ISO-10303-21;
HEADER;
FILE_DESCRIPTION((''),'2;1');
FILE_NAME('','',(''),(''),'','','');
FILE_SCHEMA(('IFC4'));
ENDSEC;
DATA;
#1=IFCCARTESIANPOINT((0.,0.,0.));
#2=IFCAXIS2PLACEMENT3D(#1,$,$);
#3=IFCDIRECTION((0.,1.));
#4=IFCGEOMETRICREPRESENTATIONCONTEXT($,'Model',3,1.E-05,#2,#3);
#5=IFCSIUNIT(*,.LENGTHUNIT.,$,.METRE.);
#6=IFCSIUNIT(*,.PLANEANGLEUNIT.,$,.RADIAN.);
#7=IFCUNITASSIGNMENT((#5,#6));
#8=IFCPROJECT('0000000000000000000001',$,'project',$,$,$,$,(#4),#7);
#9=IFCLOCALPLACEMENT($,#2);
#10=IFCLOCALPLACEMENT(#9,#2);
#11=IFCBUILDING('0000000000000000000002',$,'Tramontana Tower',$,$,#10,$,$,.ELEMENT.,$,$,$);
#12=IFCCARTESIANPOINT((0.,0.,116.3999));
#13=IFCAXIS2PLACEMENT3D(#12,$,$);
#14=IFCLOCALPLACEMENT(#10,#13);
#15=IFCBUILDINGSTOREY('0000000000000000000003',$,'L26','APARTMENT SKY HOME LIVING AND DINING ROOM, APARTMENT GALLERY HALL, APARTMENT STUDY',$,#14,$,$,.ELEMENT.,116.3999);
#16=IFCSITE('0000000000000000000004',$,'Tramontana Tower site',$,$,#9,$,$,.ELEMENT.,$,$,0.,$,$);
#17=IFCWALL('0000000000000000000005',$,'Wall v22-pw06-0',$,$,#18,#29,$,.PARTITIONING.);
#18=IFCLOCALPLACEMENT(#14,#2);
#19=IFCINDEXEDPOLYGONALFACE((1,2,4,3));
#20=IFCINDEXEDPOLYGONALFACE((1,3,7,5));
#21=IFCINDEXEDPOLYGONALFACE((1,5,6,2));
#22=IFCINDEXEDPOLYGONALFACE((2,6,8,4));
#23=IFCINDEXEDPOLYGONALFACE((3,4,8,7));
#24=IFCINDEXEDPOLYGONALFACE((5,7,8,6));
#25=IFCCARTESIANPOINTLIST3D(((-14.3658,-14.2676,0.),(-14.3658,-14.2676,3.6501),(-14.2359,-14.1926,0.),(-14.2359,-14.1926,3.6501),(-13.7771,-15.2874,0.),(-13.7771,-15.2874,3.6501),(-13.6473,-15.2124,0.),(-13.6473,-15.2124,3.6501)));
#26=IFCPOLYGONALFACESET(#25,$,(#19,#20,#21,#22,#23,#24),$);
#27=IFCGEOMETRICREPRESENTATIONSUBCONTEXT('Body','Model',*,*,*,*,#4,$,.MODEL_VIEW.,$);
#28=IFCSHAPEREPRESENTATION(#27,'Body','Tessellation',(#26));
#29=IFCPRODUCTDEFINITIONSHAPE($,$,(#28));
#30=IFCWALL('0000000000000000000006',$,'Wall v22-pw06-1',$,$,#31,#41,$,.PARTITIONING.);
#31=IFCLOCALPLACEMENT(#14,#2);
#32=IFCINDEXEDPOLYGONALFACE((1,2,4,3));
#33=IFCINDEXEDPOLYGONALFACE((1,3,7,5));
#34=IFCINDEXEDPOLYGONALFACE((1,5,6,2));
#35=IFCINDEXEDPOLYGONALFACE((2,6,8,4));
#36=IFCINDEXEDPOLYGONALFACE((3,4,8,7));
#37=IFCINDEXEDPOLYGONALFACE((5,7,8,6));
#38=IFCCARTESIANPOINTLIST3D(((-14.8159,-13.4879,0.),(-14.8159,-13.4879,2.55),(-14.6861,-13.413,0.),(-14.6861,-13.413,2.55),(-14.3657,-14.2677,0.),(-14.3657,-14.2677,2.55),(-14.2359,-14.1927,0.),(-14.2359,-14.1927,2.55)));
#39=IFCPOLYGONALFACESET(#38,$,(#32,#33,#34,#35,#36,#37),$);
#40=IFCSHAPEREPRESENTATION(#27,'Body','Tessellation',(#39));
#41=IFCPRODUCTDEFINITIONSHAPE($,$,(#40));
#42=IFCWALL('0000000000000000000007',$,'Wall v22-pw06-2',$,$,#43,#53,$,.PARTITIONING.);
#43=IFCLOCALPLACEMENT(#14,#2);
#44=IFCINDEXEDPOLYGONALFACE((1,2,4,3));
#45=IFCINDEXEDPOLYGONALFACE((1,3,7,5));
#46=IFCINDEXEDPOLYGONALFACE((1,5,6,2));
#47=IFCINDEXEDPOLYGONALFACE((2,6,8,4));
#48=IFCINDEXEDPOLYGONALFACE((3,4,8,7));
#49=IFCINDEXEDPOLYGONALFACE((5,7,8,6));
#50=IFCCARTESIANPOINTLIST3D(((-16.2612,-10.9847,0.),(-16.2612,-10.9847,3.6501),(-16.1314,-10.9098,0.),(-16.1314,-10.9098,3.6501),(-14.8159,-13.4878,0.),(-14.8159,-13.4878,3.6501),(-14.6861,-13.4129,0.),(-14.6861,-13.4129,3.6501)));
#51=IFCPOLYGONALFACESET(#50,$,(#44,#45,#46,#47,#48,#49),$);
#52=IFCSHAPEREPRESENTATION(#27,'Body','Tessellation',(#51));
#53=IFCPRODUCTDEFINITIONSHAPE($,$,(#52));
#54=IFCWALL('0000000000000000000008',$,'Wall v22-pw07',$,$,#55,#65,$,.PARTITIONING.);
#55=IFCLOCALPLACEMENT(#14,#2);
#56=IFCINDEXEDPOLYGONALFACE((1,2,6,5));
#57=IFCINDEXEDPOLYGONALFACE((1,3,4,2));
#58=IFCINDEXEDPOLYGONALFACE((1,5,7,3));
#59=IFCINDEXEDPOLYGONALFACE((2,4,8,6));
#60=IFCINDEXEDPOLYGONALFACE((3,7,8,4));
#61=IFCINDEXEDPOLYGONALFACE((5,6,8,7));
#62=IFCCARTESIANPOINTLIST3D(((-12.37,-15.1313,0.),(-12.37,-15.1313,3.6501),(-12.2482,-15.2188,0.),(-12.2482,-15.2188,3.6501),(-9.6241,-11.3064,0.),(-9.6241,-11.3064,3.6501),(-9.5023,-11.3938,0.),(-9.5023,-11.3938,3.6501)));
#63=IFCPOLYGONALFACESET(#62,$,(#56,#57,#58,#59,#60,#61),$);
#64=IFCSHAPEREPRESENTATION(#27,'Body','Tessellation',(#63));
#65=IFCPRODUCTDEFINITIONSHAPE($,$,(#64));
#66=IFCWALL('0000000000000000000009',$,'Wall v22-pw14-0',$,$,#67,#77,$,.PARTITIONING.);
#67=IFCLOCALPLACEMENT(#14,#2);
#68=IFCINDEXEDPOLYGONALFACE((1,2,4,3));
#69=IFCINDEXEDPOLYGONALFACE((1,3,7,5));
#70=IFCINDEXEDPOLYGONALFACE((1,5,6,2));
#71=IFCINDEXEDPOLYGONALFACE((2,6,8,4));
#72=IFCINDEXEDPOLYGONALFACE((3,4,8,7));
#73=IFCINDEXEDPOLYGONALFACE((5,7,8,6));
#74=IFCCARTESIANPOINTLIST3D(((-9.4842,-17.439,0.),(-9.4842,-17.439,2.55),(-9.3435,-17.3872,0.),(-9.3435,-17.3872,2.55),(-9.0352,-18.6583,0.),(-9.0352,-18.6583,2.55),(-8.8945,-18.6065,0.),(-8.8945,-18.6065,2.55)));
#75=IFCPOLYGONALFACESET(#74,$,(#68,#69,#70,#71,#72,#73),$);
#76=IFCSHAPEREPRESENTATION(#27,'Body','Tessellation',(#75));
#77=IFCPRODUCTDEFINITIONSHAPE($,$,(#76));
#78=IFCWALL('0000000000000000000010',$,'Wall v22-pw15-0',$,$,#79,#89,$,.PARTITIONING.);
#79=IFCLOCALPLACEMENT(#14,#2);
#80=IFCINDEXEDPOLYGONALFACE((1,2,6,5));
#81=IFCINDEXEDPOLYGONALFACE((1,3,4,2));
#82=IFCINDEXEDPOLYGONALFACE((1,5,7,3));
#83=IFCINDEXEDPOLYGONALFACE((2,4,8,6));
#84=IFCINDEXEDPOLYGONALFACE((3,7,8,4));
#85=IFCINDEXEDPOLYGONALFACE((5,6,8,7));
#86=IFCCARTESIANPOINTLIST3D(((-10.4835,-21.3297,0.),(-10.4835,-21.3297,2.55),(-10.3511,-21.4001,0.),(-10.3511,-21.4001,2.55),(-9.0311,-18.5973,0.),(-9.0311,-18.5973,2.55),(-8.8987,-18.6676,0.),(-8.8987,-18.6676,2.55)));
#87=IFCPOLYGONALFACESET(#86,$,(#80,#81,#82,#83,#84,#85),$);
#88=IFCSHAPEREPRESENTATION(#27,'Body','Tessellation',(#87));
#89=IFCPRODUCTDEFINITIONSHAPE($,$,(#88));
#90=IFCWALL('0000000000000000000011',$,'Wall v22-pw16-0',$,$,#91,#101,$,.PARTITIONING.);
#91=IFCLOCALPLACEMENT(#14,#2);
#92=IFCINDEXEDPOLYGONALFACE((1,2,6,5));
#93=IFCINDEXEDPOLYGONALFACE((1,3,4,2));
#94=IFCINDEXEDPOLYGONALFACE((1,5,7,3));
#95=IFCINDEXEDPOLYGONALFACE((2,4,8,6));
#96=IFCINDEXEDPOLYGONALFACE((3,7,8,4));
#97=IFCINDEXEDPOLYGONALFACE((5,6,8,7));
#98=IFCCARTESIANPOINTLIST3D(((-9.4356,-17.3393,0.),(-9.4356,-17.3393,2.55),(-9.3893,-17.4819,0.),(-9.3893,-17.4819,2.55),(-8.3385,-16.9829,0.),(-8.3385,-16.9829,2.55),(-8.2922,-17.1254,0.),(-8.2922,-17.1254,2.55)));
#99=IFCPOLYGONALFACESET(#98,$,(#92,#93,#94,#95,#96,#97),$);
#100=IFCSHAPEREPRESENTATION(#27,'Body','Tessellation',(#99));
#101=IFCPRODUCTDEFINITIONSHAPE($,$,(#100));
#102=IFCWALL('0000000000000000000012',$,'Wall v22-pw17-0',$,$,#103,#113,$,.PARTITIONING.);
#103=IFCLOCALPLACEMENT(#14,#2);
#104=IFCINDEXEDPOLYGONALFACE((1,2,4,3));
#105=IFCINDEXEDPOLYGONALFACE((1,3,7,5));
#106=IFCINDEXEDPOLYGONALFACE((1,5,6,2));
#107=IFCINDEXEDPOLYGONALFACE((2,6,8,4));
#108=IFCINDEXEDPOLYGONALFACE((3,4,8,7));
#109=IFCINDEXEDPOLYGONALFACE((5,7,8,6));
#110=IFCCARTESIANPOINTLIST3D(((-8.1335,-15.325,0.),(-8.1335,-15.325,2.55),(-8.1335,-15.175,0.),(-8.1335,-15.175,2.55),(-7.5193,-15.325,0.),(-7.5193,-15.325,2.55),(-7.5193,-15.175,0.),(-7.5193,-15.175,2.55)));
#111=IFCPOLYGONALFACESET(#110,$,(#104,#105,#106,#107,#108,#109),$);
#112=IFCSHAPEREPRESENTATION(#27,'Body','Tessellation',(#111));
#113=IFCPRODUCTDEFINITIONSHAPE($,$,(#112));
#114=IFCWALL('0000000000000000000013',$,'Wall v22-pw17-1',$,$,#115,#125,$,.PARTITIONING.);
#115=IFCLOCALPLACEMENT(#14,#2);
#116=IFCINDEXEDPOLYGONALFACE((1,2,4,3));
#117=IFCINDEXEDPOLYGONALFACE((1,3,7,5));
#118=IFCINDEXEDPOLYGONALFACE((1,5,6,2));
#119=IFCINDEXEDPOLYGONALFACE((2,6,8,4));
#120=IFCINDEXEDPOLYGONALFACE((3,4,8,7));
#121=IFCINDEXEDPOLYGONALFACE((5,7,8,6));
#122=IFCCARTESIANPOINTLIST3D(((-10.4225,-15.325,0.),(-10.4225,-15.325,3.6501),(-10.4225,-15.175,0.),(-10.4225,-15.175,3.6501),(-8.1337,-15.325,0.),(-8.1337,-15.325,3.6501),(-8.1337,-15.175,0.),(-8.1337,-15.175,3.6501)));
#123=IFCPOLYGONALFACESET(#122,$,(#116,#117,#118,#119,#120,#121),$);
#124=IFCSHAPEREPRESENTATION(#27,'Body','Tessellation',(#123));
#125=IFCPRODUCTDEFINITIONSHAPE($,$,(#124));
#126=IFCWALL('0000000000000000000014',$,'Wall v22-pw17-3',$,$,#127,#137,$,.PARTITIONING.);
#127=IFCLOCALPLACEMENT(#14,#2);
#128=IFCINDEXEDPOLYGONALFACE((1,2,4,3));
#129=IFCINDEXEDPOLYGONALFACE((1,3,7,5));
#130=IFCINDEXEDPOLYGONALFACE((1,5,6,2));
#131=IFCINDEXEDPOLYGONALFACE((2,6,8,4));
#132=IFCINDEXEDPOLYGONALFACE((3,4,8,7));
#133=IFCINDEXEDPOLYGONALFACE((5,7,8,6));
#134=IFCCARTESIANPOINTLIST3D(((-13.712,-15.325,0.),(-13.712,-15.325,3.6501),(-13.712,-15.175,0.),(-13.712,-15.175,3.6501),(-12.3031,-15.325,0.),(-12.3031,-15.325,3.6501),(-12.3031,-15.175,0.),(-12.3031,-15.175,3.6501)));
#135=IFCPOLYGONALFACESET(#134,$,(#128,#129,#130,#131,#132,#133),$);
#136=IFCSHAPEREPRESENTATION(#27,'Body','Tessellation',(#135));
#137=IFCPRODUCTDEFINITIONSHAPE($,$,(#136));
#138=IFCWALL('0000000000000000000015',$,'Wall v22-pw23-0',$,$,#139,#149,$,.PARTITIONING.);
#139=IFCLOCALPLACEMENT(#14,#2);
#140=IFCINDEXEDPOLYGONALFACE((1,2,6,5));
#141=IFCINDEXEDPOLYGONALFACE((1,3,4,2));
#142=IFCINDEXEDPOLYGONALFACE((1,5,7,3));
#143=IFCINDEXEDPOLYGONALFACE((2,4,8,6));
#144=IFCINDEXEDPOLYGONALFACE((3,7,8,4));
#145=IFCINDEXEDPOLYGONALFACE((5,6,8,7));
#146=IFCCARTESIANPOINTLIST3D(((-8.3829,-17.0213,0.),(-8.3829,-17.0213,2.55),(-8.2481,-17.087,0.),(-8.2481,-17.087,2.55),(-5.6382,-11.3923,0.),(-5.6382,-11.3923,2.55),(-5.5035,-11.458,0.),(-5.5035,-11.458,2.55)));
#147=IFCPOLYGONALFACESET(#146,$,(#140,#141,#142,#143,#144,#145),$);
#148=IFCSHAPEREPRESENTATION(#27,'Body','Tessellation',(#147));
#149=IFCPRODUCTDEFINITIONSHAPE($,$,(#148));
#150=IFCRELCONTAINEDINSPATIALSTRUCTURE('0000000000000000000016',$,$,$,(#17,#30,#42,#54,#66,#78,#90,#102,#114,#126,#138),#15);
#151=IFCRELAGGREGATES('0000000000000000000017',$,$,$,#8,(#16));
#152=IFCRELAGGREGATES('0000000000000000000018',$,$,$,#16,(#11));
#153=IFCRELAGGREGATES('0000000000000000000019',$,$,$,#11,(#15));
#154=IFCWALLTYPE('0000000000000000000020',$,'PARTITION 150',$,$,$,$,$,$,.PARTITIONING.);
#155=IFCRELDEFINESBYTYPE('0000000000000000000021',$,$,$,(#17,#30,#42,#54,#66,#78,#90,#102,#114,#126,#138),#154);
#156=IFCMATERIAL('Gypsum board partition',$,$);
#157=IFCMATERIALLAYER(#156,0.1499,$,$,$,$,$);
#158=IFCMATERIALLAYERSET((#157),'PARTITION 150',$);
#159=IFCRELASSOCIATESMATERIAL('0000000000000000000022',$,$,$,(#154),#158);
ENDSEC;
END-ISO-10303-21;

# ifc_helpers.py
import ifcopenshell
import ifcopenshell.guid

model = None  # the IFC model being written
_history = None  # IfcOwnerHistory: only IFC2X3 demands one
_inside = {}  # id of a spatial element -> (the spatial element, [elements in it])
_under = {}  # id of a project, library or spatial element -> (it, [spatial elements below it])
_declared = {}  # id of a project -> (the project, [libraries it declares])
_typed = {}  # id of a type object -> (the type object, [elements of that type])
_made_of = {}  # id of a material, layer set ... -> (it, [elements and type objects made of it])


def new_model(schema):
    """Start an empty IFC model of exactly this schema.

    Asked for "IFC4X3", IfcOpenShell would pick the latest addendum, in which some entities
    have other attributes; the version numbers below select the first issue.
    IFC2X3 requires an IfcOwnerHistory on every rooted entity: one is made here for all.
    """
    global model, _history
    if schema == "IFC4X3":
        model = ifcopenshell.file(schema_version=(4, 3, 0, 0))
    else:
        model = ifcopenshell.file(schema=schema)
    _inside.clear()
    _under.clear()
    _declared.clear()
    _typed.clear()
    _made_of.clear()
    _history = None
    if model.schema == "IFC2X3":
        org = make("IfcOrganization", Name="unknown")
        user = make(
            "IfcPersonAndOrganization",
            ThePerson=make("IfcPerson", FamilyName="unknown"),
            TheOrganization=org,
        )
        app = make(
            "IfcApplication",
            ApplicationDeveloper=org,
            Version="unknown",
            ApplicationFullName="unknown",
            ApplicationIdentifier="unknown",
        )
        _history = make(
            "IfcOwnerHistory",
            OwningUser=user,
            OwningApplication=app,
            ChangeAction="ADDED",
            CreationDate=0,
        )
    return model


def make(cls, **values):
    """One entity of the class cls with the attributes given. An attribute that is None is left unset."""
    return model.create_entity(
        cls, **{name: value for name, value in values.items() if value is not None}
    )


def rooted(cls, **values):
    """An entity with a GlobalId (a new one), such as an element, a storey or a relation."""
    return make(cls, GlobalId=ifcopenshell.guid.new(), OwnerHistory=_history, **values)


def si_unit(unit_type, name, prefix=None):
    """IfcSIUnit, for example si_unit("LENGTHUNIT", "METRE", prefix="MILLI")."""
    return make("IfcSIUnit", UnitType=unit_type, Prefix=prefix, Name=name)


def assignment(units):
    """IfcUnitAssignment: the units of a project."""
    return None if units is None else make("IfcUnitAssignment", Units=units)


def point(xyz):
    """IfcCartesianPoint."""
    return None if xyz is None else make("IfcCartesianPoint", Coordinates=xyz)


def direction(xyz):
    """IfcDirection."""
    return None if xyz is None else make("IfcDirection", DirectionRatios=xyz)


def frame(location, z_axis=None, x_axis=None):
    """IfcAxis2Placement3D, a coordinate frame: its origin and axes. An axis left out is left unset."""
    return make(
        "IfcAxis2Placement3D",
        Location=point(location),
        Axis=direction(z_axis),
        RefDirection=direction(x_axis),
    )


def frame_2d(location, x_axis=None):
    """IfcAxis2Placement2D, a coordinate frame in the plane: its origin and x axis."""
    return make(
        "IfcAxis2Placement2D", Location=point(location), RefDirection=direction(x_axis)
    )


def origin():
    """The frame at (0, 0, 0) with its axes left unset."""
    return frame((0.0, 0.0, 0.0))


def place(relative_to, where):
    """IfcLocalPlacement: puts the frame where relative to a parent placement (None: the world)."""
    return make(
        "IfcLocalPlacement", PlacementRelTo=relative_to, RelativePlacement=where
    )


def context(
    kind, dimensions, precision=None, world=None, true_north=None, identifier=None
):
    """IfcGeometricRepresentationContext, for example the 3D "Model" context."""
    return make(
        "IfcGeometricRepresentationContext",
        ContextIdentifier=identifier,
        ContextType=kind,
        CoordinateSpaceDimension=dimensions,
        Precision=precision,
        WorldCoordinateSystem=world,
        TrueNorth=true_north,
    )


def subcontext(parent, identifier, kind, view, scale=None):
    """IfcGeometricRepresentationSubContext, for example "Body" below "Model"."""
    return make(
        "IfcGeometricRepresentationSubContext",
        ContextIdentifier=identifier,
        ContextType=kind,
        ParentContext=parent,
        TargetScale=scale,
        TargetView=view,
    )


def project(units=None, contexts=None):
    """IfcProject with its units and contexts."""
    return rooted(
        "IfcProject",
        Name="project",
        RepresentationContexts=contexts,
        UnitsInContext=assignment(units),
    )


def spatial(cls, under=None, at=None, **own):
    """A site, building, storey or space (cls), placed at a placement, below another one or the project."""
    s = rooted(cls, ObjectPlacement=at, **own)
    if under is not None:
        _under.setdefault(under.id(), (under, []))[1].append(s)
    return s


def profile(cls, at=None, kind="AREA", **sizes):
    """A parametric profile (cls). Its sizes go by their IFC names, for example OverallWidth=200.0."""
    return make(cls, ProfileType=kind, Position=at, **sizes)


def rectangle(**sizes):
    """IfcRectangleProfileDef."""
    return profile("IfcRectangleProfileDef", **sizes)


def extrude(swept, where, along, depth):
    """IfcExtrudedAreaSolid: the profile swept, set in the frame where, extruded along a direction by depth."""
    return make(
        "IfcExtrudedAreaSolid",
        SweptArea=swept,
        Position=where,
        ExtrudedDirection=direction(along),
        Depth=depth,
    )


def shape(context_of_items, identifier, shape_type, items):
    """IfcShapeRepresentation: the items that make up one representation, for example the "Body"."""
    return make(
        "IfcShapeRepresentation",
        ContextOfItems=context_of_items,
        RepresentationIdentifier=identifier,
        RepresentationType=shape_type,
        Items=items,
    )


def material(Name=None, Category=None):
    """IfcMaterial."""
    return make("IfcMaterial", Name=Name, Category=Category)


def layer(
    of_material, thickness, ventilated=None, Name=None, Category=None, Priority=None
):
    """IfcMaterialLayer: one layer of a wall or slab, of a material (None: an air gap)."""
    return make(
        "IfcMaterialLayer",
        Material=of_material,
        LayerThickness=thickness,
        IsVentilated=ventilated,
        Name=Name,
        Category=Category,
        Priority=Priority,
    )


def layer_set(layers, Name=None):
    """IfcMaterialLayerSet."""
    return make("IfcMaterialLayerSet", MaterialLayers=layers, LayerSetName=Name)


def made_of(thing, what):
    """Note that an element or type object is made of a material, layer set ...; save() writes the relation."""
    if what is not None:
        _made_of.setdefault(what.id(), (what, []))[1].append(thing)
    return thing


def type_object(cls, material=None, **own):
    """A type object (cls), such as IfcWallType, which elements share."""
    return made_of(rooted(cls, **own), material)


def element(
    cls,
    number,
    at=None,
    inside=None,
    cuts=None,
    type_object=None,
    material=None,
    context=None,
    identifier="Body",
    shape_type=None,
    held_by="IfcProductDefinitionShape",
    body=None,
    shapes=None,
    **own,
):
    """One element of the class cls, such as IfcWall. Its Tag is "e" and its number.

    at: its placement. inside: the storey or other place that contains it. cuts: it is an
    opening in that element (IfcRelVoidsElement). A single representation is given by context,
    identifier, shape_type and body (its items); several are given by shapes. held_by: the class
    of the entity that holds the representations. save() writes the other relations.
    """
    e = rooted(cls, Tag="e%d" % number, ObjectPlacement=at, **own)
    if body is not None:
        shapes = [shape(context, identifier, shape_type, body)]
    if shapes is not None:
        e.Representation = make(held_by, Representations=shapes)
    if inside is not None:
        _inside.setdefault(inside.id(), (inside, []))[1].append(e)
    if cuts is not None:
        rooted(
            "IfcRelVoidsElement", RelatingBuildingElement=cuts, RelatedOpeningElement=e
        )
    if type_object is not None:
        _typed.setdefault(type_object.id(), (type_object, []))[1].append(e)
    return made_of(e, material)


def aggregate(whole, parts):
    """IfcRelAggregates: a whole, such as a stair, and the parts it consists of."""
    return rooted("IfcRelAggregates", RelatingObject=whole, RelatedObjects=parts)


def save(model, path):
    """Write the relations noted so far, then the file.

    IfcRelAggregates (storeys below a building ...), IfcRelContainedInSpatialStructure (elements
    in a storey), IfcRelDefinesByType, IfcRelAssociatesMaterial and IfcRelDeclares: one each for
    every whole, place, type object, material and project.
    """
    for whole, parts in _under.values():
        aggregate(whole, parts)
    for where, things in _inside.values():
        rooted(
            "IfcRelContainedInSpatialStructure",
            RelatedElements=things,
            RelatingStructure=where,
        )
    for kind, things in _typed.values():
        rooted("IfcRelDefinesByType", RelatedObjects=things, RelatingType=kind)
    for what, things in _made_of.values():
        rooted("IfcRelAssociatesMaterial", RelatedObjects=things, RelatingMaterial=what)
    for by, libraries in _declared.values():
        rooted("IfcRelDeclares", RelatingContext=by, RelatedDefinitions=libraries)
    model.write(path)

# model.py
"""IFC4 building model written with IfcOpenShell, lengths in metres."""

from ifc_helpers import new_model, si_unit, direction, frame, frame_2d, origin, place, context, subcontext, project, spatial, rectangle, extrude, material, layer, layer_set, type_object, element, save


model = new_model("IFC4")

# Units and contexts
model_context = context("Model", 3, precision=1e-05, world=origin(), true_north=direction((0.0, 1.0)))
body_context = subcontext(model_context, "Body", "Model", "MODEL_VIEW")
ifc_project = project(units=[si_unit("LENGTHUNIT", "METRE"), si_unit("PLANEANGLEUNIT", "RADIAN")], contexts=[model_context])

# Site, building, storey
site_placement = place(None, origin())
site = spatial("IfcSite", under=ifc_project, at=site_placement, Name="Tramontana Tower site", CompositionType="ELEMENT", RefElevation=0.0)
building_placement = place(site_placement, origin())
building = spatial("IfcBuilding", under=site, at=building_placement, Name="Tramontana Tower", CompositionType="ELEMENT")
storey_placement = place(building_placement, frame((0.0, 0.0, 116.3999)))
storey = spatial("IfcBuildingStorey", under=building, at=storey_placement, Name="L26", Description="APARTMENT SKY HOME LIVING AND DINING ROOM, APARTMENT GALLERY HALL, APARTMENT STUDY", CompositionType="ELEMENT", Elevation=116.3999)

# Walls
ifc_material_1 = material(Name="Gypsum board partition")
ifc_layer_1 = layer(ifc_material_1, 0.1499)
ifc_layer_set_1 = layer_set([ifc_layer_1], Name="PARTITION 150")
wall_type_1 = type_object("IfcWallType", Name="PARTITION 150", PredefinedType="PARTITIONING", material=ifc_layer_set_1)
wall_1_placement = place(storey_placement, frame((-13.7122, -15.25, 0.0), z_axis=(0.0, 0.0, 1.0), x_axis=(-0.499908, 0.866079, 0.0)))
element("IfcWall", 1, at=wall_1_placement, inside=storey, type_object=wall_type_1, Name="Wall v22-pw06-0", PredefinedType="PARTITIONING", context=body_context, shape_type="SweptSolid", body=[
    extrude(rectangle(XDim=1.1775, YDim=0.1499, at=frame_2d((0.5889, 0.0))), origin(), (0.0, 0.0, 1.0), 3.6501),
])
wall_2_placement = place(storey_placement, frame((-14.3008, -14.2302, 0.0), z_axis=(0.0, 0.0, 1.0), x_axis=(-0.499988, 0.866032, 0.0)))
element("IfcWall", 2, at=wall_2_placement, inside=storey, type_object=wall_type_1, Name="Wall v22-pw06-1", PredefinedType="PARTITIONING", context=body_context, shape_type="SweptSolid", body=[
    extrude(rectangle(XDim=0.9004, YDim=0.1499, at=frame_2d((0.4502, 0.0))), origin(), (0.0, 0.0, 1.0), 2.55),
])
wall_3_placement = place(storey_placement, frame((-14.751, -13.4504, 0.0), z_axis=(0.0, 0.0, 1.0), x_axis=(-0.500027, 0.86601, 0.0)))
element("IfcWall", 3, at=wall_3_placement, inside=storey, type_object=wall_type_1, Name="Wall v22-pw06-2", PredefinedType="PARTITIONING", context=body_context, shape_type="SweptSolid", body=[
    extrude(rectangle(XDim=2.8904, YDim=0.1499, at=frame_2d((1.4453, 0.0))), origin(), (0.0, 0.0, 1.0), 3.6501),
])
wall_4_placement = place(storey_placement, frame((-12.3091, -15.175, 0.0), z_axis=(0.0, 0.0, 1.0), x_axis=(0.583169, 0.812351, 0.0)))
element("IfcWall", 4, at=wall_4_placement, inside=storey, type_object=wall_type_1, Name="Wall v22-pw07", PredefinedType="PARTITIONING", context=body_context, shape_type="SweptSolid", body=[
    extrude(rectangle(XDim=4.7085, YDim=0.1499, at=frame_2d((2.3542, 0.0))), origin(), (0.0, 0.0, 1.0), 3.6501),
])
wall_5_placement = place(storey_placement, frame((-9.4138, -17.4131, 0.0), z_axis=(0.0, 0.0, 1.0), x_axis=(0.345557, -0.938398, 0.0)))
element("IfcWall", 5, at=wall_5_placement, inside=storey, type_object=wall_type_1, Name="Wall v22-pw14-0", PredefinedType="PARTITIONING", context=body_context, shape_type="SweptSolid", body=[
    extrude(rectangle(XDim=1.2993, YDim=0.1499, at=frame_2d((0.6497, 0.0))), origin(), (0.0, 0.0, 1.0), 2.55),
])
wall_6_placement = place(storey_placement, frame((-8.9648, -18.6323, 0.0), z_axis=(0.0, 0.0, 1.0), x_axis=(-0.469355, -0.883009, 0.0)))
element("IfcWall", 6, at=wall_6_placement, inside=storey, type_object=wall_type_1, Name="Wall v22-pw15-0", PredefinedType="PARTITIONING", context=body_context, shape_type="SweptSolid", body=[
    extrude(rectangle(XDim=3.0945, YDim=0.1499, at=frame_2d((1.5474, 0.0))), origin(), (0.0, 0.0, 1.0), 2.55),
])
wall_7_placement = place(storey_placement, frame((-8.3154, -17.0542, 0.0), z_axis=(0.0, 0.0, 1.0), x_axis=(-0.951068, -0.308981, 0.0)))
element("IfcWall", 7, at=wall_7_placement, inside=storey, type_object=wall_type_1, Name="Wall v22-pw16-0", PredefinedType="PARTITIONING", context=body_context, shape_type="SweptSolid", body=[
    extrude(rectangle(XDim=1.1536, YDim=0.1499, at=frame_2d((0.5767, 0.0))), origin(), (0.0, 0.0, 1.0), 2.55),
])
wall_8_placement = place(storey_placement, frame((-7.5193, -15.25, 0.0), z_axis=(0.0, 0.0, 1.0), x_axis=(-1.0, 0.0, 0.0)))
element("IfcWall", 8, at=wall_8_placement, inside=storey, type_object=wall_type_1, Name="Wall v22-pw17-0", PredefinedType="PARTITIONING", context=body_context, shape_type="SweptSolid", body=[
    extrude(rectangle(XDim=0.6143, YDim=0.1499, at=frame_2d((0.3071, 0.0))), origin(), (0.0, 0.0, 1.0), 2.55),
])
wall_9_placement = place(storey_placement, frame((-8.1335, -15.25, 0.0), z_axis=(0.0, 0.0, 1.0), x_axis=(-1.0, 0.0, 0.0)))
element("IfcWall", 9, at=wall_9_placement, inside=storey, type_object=wall_type_1, Name="Wall v22-pw17-1", PredefinedType="PARTITIONING", context=body_context, shape_type="SweptSolid", body=[
    extrude(rectangle(XDim=2.2888, YDim=0.1499, at=frame_2d((1.1445, 0.0))), origin(), (0.0, 0.0, 1.0), 3.6501),
])

# Walls
wall_10_placement = place(storey_placement, frame((-12.303, -15.25, 0.0), z_axis=(0.0, 0.0, 1.0), x_axis=(-1.0, 0.0, 0.0)))
element("IfcWall", 10, at=wall_10_placement, inside=storey, type_object=wall_type_1, Name="Wall v22-pw17-3", PredefinedType="PARTITIONING", context=body_context, shape_type="SweptSolid", body=[
    extrude(rectangle(XDim=1.4089, YDim=0.1499, at=frame_2d((0.7046, 0.0))), origin(), (0.0, 0.0, 1.0), 3.6501),
])
wall_11_placement = place(storey_placement, frame((-5.5708, -11.425, 0.0), z_axis=(0.0, 0.0, 1.0), x_axis=(-0.438272, -0.898843, 0.0)))
element("IfcWall", 11, at=wall_11_placement, inside=storey, type_object=wall_type_1, Name="Wall v22-pw23-0", PredefinedType="PARTITIONING", context=body_context, shape_type="SweptSolid", body=[
    extrude(rectangle(XDim=6.2625, YDim=0.1499, at=frame_2d((3.1313, 0.0))), origin(), (0.0, 0.0, 1.0), 2.55),
])

save(model, "model.ifc")
